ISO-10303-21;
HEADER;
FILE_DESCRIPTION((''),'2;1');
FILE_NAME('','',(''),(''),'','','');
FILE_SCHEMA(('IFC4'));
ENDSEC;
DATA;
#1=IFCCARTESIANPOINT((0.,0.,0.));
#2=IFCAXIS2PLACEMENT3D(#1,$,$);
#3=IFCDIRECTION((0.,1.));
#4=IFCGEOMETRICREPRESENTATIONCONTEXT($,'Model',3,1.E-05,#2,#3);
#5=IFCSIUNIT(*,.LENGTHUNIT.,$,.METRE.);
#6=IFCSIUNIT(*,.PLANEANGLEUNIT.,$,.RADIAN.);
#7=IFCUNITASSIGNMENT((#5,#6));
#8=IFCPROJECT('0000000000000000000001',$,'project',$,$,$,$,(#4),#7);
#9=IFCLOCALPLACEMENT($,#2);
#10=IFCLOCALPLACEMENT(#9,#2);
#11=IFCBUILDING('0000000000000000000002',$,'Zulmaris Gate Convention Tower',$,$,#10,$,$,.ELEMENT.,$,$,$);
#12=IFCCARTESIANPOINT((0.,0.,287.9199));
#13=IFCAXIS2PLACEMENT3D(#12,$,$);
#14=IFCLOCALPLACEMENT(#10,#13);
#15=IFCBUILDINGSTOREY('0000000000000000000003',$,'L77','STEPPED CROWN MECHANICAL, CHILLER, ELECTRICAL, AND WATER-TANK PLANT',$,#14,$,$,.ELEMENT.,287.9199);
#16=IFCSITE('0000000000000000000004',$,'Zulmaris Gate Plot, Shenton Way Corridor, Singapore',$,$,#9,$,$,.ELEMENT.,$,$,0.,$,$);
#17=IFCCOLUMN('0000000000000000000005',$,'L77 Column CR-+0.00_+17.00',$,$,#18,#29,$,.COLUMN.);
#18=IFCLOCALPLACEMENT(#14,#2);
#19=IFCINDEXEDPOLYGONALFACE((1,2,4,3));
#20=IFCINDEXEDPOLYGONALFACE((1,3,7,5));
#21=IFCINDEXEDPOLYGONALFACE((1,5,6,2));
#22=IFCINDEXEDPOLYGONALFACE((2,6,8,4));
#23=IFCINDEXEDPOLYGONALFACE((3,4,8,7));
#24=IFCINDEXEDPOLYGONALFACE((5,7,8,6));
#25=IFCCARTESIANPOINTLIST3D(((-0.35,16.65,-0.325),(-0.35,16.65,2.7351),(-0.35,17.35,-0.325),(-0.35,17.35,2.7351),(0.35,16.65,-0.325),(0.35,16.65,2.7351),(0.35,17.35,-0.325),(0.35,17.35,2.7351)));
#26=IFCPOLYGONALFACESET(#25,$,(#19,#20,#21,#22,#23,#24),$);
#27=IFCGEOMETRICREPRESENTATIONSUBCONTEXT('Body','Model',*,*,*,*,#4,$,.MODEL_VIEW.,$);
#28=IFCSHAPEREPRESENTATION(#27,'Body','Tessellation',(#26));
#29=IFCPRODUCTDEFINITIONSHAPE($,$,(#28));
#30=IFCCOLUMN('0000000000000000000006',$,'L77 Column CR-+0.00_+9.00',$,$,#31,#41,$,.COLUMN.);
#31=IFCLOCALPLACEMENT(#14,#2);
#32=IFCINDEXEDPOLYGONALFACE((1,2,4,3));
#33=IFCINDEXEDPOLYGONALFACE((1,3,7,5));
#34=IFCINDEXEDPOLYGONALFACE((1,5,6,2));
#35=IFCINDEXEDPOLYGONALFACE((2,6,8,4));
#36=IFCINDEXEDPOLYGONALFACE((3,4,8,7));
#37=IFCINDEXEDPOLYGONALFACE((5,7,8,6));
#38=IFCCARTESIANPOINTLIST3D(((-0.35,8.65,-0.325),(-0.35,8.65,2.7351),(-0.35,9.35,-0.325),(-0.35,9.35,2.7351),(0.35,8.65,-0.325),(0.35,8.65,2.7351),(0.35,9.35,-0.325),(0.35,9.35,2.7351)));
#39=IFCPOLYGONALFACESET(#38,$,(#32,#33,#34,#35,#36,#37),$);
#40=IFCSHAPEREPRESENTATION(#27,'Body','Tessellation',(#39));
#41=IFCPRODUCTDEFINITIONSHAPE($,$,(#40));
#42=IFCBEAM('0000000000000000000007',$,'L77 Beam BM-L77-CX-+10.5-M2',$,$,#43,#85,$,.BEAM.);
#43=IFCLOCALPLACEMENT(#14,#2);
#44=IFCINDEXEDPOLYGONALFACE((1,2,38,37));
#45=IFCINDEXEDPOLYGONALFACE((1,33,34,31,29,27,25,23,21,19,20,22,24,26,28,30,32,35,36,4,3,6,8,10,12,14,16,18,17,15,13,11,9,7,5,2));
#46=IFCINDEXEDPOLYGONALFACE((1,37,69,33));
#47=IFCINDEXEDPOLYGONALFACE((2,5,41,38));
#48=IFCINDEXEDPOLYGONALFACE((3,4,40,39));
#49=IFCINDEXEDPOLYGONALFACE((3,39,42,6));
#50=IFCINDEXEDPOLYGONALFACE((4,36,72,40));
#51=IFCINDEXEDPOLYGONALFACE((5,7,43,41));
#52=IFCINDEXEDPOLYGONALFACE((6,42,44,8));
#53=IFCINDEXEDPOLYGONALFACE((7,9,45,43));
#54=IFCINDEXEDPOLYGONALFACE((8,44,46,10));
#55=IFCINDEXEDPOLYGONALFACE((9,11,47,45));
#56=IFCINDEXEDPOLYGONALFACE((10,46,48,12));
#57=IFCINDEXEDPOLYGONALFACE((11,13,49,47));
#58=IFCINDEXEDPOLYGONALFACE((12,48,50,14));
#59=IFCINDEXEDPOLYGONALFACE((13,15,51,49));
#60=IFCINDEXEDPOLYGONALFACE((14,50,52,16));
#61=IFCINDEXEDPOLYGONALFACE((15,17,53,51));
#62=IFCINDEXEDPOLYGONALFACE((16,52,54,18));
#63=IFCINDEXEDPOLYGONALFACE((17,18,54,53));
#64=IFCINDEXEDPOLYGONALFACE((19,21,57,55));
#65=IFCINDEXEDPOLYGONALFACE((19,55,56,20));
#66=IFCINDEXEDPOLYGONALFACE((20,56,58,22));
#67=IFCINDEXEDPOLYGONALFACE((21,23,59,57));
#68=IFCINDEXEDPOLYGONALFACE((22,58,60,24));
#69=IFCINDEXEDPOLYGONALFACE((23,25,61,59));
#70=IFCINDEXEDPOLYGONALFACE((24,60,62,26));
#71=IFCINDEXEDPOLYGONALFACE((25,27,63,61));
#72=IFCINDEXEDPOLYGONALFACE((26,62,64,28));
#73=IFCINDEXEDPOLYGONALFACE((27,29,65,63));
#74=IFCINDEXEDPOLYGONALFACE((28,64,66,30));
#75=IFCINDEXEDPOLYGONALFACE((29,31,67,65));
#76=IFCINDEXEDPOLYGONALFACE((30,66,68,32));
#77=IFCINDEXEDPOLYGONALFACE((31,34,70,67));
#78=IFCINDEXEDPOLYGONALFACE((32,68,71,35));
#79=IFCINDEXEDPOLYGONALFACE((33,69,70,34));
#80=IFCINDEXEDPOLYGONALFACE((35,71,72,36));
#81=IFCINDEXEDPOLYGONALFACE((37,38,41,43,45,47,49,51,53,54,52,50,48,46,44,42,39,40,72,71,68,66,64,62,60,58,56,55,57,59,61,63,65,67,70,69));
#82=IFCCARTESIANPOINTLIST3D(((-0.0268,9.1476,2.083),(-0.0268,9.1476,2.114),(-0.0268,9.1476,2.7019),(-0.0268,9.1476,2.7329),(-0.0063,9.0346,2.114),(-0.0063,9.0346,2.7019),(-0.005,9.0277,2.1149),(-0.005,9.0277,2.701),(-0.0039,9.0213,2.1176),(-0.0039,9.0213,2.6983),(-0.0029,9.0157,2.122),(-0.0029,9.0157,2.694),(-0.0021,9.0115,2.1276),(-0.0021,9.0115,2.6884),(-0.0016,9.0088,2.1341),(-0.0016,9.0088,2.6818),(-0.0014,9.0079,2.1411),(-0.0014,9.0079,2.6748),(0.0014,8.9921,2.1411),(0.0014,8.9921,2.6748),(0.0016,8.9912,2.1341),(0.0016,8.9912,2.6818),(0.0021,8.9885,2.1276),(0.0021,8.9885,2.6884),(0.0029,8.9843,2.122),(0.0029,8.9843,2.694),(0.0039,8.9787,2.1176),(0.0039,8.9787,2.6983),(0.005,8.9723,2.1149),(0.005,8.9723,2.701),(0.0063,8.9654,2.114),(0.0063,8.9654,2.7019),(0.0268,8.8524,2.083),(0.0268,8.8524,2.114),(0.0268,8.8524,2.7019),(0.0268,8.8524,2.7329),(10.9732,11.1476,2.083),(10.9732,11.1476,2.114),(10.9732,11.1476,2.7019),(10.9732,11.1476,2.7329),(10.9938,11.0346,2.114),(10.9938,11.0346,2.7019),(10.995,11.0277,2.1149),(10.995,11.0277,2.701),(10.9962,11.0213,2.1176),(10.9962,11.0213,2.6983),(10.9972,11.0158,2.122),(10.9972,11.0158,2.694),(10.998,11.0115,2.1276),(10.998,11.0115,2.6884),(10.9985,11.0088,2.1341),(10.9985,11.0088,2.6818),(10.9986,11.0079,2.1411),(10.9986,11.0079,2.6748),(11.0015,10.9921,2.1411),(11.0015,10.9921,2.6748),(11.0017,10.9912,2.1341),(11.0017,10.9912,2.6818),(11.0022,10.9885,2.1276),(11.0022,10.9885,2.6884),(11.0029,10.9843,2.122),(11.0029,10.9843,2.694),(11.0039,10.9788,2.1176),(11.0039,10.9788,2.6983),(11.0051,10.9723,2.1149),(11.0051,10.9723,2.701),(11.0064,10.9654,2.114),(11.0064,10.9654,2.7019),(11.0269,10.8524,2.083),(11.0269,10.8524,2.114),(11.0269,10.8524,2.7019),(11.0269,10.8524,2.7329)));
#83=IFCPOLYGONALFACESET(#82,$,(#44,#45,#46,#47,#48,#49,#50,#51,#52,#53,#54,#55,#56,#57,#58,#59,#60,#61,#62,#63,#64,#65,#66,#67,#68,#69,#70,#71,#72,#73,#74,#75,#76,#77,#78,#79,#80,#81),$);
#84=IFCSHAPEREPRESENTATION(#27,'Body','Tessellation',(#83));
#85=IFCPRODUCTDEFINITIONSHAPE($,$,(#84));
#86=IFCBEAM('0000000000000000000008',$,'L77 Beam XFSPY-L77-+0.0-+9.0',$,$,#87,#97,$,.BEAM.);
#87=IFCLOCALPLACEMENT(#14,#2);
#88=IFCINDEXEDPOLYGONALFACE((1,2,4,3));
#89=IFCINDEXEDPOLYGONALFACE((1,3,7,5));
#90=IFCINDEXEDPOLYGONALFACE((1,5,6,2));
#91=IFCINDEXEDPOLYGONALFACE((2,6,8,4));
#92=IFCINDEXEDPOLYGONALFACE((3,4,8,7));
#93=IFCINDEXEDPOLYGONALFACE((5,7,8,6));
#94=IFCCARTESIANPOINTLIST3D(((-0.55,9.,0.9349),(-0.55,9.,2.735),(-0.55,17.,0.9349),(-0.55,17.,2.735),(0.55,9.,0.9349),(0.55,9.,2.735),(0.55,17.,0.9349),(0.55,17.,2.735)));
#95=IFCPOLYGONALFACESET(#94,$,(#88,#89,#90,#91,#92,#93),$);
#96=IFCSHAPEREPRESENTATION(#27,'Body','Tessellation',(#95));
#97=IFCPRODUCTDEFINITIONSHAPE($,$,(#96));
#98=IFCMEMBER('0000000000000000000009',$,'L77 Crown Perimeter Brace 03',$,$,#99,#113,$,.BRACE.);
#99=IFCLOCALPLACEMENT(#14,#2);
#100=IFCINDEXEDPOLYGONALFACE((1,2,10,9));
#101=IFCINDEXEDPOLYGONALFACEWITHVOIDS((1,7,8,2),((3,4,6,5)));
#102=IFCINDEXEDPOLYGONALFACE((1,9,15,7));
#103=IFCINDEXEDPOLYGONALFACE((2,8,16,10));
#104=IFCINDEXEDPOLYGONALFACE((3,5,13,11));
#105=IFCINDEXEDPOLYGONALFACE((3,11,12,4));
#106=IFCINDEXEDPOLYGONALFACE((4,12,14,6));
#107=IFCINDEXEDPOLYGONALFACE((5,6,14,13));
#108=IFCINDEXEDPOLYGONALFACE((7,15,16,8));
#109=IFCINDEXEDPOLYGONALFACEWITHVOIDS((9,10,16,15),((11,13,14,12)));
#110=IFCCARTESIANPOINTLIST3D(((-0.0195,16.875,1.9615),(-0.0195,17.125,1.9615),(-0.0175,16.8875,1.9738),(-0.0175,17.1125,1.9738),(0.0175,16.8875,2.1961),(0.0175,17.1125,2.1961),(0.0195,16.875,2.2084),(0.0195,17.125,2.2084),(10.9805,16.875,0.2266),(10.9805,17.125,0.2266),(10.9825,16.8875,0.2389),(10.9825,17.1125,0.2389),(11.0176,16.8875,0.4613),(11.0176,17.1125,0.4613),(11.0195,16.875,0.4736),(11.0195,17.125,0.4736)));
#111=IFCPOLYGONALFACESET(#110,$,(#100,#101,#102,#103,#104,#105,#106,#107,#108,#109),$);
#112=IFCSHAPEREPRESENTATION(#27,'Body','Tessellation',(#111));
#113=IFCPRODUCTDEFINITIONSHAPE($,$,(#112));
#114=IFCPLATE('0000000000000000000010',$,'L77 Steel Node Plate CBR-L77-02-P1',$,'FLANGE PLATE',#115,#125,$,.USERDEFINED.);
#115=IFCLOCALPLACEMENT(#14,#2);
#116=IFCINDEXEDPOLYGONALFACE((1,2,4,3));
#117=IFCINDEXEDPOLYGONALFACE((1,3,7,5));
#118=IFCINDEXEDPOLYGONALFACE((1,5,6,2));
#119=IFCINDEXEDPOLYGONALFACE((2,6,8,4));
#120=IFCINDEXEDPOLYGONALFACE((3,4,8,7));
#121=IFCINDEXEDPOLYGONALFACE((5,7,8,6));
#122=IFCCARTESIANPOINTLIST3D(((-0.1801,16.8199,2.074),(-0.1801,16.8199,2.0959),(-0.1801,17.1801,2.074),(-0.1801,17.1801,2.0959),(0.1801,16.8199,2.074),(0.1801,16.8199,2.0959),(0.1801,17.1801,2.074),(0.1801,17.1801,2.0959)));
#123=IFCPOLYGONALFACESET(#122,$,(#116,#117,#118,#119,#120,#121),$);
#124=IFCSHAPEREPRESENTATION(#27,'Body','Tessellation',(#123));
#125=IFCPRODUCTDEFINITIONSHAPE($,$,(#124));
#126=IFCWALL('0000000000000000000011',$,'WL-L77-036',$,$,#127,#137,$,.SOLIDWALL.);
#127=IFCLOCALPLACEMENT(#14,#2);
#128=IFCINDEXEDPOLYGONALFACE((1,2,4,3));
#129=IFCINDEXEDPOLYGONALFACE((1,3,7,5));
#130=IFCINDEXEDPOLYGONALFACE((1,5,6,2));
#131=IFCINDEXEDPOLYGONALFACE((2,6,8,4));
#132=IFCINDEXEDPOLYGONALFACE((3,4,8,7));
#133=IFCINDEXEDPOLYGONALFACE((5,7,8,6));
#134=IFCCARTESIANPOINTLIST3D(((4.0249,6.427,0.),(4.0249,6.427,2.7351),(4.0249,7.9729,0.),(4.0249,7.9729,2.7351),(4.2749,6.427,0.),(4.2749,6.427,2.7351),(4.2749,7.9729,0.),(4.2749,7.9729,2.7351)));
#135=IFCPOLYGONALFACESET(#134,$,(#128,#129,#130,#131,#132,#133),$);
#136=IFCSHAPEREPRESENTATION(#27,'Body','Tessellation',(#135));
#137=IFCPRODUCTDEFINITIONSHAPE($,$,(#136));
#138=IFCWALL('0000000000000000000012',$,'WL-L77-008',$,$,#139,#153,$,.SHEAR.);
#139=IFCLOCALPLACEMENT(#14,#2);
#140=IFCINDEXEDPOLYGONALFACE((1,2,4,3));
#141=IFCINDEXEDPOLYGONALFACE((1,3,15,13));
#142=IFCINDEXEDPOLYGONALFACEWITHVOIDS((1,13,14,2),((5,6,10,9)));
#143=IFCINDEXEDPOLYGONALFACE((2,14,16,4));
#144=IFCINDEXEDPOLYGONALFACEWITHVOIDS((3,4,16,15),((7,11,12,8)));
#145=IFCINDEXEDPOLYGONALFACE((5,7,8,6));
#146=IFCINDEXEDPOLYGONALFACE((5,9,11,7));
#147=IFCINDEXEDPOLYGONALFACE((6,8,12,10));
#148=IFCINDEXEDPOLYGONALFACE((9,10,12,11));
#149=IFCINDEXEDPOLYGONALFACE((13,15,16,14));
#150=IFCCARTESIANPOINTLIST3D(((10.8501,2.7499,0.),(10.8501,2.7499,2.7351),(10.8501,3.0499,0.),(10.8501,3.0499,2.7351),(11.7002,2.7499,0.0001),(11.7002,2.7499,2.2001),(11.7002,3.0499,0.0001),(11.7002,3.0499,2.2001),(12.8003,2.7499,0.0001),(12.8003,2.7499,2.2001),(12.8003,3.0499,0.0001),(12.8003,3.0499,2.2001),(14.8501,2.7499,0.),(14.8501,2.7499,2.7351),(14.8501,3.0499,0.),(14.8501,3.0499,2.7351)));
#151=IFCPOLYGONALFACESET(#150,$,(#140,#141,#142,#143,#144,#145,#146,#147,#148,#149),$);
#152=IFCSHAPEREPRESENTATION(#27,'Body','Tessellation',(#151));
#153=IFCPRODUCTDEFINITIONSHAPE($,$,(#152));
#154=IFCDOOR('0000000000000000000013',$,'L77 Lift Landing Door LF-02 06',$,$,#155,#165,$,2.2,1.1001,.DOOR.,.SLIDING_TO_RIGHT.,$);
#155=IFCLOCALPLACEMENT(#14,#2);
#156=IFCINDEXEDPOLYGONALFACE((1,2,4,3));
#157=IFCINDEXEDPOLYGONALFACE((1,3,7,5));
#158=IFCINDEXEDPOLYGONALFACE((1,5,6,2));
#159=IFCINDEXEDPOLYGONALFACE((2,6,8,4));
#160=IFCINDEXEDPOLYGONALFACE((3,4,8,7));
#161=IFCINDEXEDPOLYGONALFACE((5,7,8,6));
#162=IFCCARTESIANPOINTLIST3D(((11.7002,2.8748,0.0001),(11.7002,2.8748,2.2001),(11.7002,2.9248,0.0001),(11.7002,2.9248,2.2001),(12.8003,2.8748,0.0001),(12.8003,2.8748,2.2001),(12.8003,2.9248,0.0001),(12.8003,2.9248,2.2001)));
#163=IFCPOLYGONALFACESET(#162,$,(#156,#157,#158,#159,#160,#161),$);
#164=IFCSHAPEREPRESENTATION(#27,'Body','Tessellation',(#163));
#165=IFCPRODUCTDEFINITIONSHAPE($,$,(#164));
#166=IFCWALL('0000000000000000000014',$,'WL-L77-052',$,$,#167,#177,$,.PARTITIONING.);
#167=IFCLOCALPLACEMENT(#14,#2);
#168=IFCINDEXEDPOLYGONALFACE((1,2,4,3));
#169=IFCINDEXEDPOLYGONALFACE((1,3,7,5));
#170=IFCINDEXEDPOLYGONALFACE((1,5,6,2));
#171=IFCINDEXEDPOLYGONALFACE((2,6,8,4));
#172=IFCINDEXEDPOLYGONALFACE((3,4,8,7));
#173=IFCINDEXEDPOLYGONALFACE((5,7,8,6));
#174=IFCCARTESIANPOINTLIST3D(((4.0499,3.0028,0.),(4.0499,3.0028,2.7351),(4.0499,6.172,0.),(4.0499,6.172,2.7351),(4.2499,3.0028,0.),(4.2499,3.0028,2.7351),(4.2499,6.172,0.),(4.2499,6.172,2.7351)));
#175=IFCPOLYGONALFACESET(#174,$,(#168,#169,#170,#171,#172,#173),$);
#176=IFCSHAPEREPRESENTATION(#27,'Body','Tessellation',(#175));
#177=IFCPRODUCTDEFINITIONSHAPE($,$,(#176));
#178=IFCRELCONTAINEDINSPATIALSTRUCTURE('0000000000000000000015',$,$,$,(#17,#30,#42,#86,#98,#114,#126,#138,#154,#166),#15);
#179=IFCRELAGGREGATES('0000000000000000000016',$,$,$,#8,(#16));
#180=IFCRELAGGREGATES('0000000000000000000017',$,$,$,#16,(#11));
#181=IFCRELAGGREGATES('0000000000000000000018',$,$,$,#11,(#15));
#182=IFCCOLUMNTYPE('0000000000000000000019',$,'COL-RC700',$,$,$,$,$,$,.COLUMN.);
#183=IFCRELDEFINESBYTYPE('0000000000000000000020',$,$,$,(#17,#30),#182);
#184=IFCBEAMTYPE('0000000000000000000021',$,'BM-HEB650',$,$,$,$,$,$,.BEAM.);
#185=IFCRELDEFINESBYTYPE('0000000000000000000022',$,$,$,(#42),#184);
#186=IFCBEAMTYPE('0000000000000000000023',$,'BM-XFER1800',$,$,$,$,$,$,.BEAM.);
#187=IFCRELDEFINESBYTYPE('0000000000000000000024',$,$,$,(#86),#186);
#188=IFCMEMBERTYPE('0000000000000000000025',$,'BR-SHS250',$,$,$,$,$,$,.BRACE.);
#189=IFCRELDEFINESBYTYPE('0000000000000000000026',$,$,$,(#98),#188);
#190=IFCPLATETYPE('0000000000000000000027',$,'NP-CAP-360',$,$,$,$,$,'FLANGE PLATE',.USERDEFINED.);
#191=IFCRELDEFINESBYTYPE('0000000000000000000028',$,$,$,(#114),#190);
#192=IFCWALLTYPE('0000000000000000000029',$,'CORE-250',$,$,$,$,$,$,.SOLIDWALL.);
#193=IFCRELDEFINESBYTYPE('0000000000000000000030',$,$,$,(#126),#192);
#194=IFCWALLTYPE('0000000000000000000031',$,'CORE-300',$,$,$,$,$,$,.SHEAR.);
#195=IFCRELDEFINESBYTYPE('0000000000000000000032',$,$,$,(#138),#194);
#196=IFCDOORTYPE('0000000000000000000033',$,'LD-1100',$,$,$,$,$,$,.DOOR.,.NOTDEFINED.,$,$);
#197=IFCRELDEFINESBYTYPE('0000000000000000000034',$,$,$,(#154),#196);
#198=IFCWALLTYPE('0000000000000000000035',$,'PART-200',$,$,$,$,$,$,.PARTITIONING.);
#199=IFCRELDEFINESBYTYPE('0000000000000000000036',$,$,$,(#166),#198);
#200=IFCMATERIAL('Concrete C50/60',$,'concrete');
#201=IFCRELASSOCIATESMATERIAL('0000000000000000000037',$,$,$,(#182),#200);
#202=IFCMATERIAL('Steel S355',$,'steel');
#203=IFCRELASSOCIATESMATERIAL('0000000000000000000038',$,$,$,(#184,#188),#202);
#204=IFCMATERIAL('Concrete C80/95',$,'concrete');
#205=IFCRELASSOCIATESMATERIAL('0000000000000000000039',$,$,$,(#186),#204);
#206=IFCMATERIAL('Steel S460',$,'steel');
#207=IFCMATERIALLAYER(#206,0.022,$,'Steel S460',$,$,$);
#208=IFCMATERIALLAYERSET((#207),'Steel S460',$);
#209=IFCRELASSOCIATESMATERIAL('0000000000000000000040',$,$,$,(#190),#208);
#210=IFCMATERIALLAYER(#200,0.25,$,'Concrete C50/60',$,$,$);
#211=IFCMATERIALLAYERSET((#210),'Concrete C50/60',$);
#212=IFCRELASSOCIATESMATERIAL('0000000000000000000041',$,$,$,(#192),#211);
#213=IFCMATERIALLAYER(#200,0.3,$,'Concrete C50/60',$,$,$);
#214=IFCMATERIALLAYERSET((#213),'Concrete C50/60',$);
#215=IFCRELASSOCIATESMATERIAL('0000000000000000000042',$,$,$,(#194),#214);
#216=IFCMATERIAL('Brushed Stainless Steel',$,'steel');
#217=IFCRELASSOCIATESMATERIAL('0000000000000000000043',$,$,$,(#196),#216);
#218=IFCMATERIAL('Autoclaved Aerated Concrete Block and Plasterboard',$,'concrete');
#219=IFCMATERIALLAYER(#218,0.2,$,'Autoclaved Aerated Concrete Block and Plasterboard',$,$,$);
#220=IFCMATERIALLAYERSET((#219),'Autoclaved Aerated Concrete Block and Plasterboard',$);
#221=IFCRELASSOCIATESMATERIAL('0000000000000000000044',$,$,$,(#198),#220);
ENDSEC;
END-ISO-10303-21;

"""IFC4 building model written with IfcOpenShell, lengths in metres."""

from ifc_helpers import new_model, si_unit, direction, frame, frame_2d, origin, origin_2d, place, context, subcontext, project, spatial, rectangle, hollow_rectangle, i_section, extrude, material, layer, layer_set, material_profile, profile_set, type_object, element, fill, save


model = new_model("IFC4")

# Units and contexts
model_context = context("Model", 3, precision=1e-05, world=origin(), true_north=direction((0.0, 1.0)))
body_context = subcontext(model_context, "Body", "Model", "MODEL_VIEW")
ifc_project = project(units=[si_unit("LENGTHUNIT", "METRE"), si_unit("PLANEANGLEUNIT", "RADIAN")], contexts=[model_context])

# Site, building, storey
site_placement = place(None, origin())
site = spatial("IfcSite", under=ifc_project, at=site_placement, Name="Zulmaris Gate Plot, Shenton Way Corridor, Singapore", CompositionType="ELEMENT", RefElevation=0.0)
building_placement = place(site_placement, origin())
building = spatial("IfcBuilding", under=site, at=building_placement, Name="Zulmaris Gate Convention Tower", CompositionType="ELEMENT")
storey_placement = place(building_placement, frame((0.0, 0.0, 287.9199)))
storey = spatial("IfcBuildingStorey", under=building, at=storey_placement, Name="L77", Description="STEPPED CROWN MECHANICAL, CHILLER, ELECTRICAL, AND WATER-TANK PLANT", CompositionType="ELEMENT", Elevation=287.9199)

# Columns
ifc_material_1 = material(Name="Concrete C50/60", Category="concrete")
ifc_material_profile_1 = material_profile(ifc_material_1, rectangle(XDim=0.7, YDim=0.7, at=origin_2d()), Name="RC COL 700x700")
ifc_profile_set_1 = profile_set([ifc_material_profile_1], Name="Concrete C50/60")
column_type = type_object("IfcColumnType", Name="COL-RC700", PredefinedType="COLUMN", material=ifc_profile_set_1)
for number, where, z_axis, x_axis, name in (
    (1, (0.0, 17.0, -0.325), (0.0, 0.0, 1.0), (1.0, 0.0, 0.0), "L77 Column CR-+0.00_+17.00"),
    (2, (0.0, 9.0, -0.325), (0.0, 0.0, 1.0), (1.0, 0.0, 0.0), "L77 Column CR-+0.00_+9.00"),
):
    element("IfcColumn", number, at=place(storey_placement, frame(where, z_axis=z_axis, x_axis=x_axis)), inside=storey, type_object=column_type, Name=name, PredefinedType="COLUMN", context=body_context, shape_type="SweptSolid", body=[
        extrude(rectangle(XDim=0.7, YDim=0.7, at=origin_2d()), origin(), (0.0, 0.0, 1.0), 3.0601),
    ])

# Beams
ifc_material_2 = material(Name="Steel S355", Category="steel")
ifc_material_profile_2 = material_profile(ifc_material_2, i_section(OverallWidth=0.3, OverallDepth=0.6499, WebThickness=0.0161, FlangeThickness=0.031, FilletRadius=0.0271, at=origin_2d()), Name="HEB 650")
ifc_profile_set_2 = profile_set([ifc_material_profile_2], Name="Steel S355")
beam_type_1 = type_object("IfcBeamType", Name="BM-HEB650", PredefinedType="BEAM", material=ifc_profile_set_2)
beam_1_placement = place(storey_placement, frame((0.0, 9.0, 2.408), z_axis=(0.98387, 0.178885, 0.0), x_axis=(-0.178885, 0.98387, 0.0)))
element("IfcBeam", 3, at=beam_1_placement, inside=storey, type_object=beam_type_1, Name="L77 Beam BM-L77-CX-+10.5-M2", PredefinedType="BEAM", context=body_context, shape_type="SweptSolid", body=[
    extrude(i_section(OverallWidth=0.3, OverallDepth=0.6499, WebThickness=0.0161, FlangeThickness=0.031, FilletRadius=0.0271, at=origin_2d()), origin(), (0.0, 0.0, 1.0), 11.1804),
])
ifc_material_3 = material(Name="Concrete C80/95", Category="concrete")
ifc_material_profile_3 = material_profile(ifc_material_3, rectangle(XDim=1.1001, YDim=1.8, at=origin_2d()), Name="RC TRANSFER 1100x1800")
ifc_profile_set_3 = profile_set([ifc_material_profile_3], Name="Concrete C80/95")
beam_type_2 = type_object("IfcBeamType", Name="BM-XFER1800", PredefinedType="BEAM", material=ifc_profile_set_3)
beam_2_placement = place(storey_placement, frame((0.0, 9.0, 1.835), z_axis=(0.0, 1.0, 0.0), x_axis=(-1.0, 0.0, 0.0)))
element("IfcBeam", 4, at=beam_2_placement, inside=storey, type_object=beam_type_2, Name="L77 Beam XFSPY-L77-+0.0-+9.0", PredefinedType="BEAM", context=body_context, shape_type="SweptSolid", body=[
    extrude(rectangle(XDim=1.1001, YDim=1.8, at=origin_2d()), origin(), (0.0, 0.0, 1.0), 8.0),
])

# Member
ifc_material_profile_4 = material_profile(ifc_material_2, hollow_rectangle(XDim=0.25, YDim=0.25, WallThickness=0.0125, at=origin_2d()), Name="SHS 250x250x12.5")
ifc_profile_set_4 = profile_set([ifc_material_profile_4], Name="Steel S355")
member_type = type_object("IfcMemberType", Name="BR-SHS250", PredefinedType="BRACE", material=ifc_profile_set_4)
member_placement = place(storey_placement, frame((0.0, 17.0, 2.085), z_axis=(0.98779, 0.0, -0.155789), x_axis=(0.0, 1.0, 0.0)))
element("IfcMember", 5, at=member_placement, inside=storey, type_object=member_type, Name="L77 Crown Perimeter Brace 03", PredefinedType="BRACE", context=body_context, shape_type="SweptSolid", body=[
    extrude(hollow_rectangle(XDim=0.25, YDim=0.25, WallThickness=0.0125, at=origin_2d()), origin(), (0.0, 0.0, 1.0), 11.136),
])

# Plate
ifc_material_4 = material(Name="Steel S460", Category="steel")
ifc_layer_1 = layer(ifc_material_4, 0.022, Name="Steel S460")
ifc_layer_set_1 = layer_set([ifc_layer_1], Name="Steel S460")
plate_type = type_object("IfcPlateType", Name="NP-CAP-360", ElementType="FLANGE PLATE", PredefinedType="USERDEFINED", material=ifc_layer_set_1)
plate_placement = place(storey_placement, frame((0.0, 17.0, 2.074), z_axis=(0.0, 0.0, 1.0), x_axis=(1.0, 0.0, 0.0)))
element("IfcPlate", 6, at=plate_placement, inside=storey, type_object=plate_type, Name="L77 Steel Node Plate CBR-L77-02-P1", ObjectType="FLANGE PLATE", PredefinedType="USERDEFINED", context=body_context, shape_type="SweptSolid", body=[
    extrude(rectangle(XDim=0.3601, YDim=0.3601, at=origin_2d()), origin(), (0.0, 0.0, 1.0), 0.022),
])

# Wall
ifc_layer_2 = layer(ifc_material_1, 0.25, Name="Concrete C50/60")
ifc_layer_set_2 = layer_set([ifc_layer_2], Name="Concrete C50/60")
wall_type_1 = type_object("IfcWallType", Name="CORE-250", PredefinedType="SOLIDWALL", material=ifc_layer_set_2)
wall_1_placement = place(storey_placement, frame((4.1499, 6.427, 0.0), z_axis=(0.0, 0.0, 1.0), x_axis=(0.0, 1.0, 0.0)))
element("IfcWall", 7, at=wall_1_placement, inside=storey, type_object=wall_type_1, Name="WL-L77-036", PredefinedType="SOLIDWALL", context=body_context, shape_type="SweptSolid", body=[
    extrude(rectangle(XDim=1.5459, YDim=0.25, at=frame_2d((0.7729, 0.0))), origin(), (0.0, 0.0, 1.0), 2.7351),
])

# Wall, opening, door
ifc_layer_3 = layer(ifc_material_1, 0.3, Name="Concrete C50/60")
ifc_layer_set_3 = layer_set([ifc_layer_3], Name="Concrete C50/60")
wall_type_2 = type_object("IfcWallType", Name="CORE-300", PredefinedType="SHEAR", material=ifc_layer_set_3)
wall_2_placement = place(storey_placement, frame((10.8501, 2.8999, 0.0), z_axis=(0.0, 0.0, 1.0), x_axis=(1.0, 0.0, 0.0)))
wall_2 = element("IfcWall", 8, at=wall_2_placement, inside=storey, type_object=wall_type_2, Name="WL-L77-008", PredefinedType="SHEAR", context=body_context, shape_type="SweptSolid", body=[
    extrude(rectangle(XDim=4.0, YDim=0.3, at=frame_2d((2.0, 0.0))), origin(), (0.0, 0.0, 1.0), 2.7351),
])
opening_1_placement = place(wall_2_placement, frame((0.8501, 0.0, 0.0)))
opening_1 = element("IfcOpeningElement", 9, at=opening_1_placement, cuts=wall_2, PredefinedType="OPENING", context=body_context, shape_type="SweptSolid", body=[
    extrude(rectangle(XDim=1.1001, YDim=2.2, at=frame_2d((0.55, 1.1001))), frame((0.0, 0.1602, 0.0), z_axis=(0.0, -1.0, 0.0), x_axis=(1.0, 0.0, 0.0)), (0.0, 0.0, 1.0), 0.3201),
])
ifc_material_5 = material(Name="Brushed Stainless Steel", Category="steel")
door_type_1 = type_object("IfcDoorType", Name="LD-1100", OperationType="NOTDEFINED", PredefinedType="DOOR", material=ifc_material_5)
door_1_placement = place(opening_1_placement, origin())
door_1 = element("IfcDoor", 10, at=door_1_placement, inside=storey, type_object=door_type_1, Name="L77 Lift Landing Door LF-02 06", OperationType="SLIDING_TO_RIGHT", OverallHeight=2.2, OverallWidth=1.1001, PredefinedType="DOOR", context=body_context, shape_type="SweptSolid", body=[
    extrude(rectangle(XDim=1.1001, YDim=2.2, at=frame_2d((0.55, 1.1001))), frame((0.0, 0.0249, 0.0), z_axis=(0.0, -1.0, 0.0), x_axis=(1.0, 0.0, 0.0)), (0.0, 0.0, 1.0), 0.05),
])
fill(opening_1, door_1)
ifc_material_6 = material(Name="Autoclaved Aerated Concrete Block and Plasterboard", Category="concrete")
ifc_layer_4 = layer(ifc_material_6, 0.2, Name="Autoclaved Aerated Concrete Block and Plasterboard")
ifc_layer_set_4 = layer_set([ifc_layer_4], Name="Autoclaved Aerated Concrete Block and Plasterboard")
wall_type_3 = type_object("IfcWallType", Name="PART-200", PredefinedType="PARTITIONING", material=ifc_layer_set_4)

# Wall
wall_3_placement = place(storey_placement, frame((4.1499, 3.0029, 0.0), z_axis=(0.0, 0.0, 1.0), x_axis=(0.0, 1.0, 0.0)))
element("IfcWall", 11, at=wall_3_placement, inside=storey, type_object=wall_type_3, Name="WL-L77-052", PredefinedType="PARTITIONING", context=body_context, shape_type="SweptSolid", body=[
    extrude(rectangle(XDim=3.1692, YDim=0.2, at=frame_2d((1.5845, 0.0))), origin(), (0.0, 0.0, 1.0), 2.7351),
])

save(model, "model.ifc")
